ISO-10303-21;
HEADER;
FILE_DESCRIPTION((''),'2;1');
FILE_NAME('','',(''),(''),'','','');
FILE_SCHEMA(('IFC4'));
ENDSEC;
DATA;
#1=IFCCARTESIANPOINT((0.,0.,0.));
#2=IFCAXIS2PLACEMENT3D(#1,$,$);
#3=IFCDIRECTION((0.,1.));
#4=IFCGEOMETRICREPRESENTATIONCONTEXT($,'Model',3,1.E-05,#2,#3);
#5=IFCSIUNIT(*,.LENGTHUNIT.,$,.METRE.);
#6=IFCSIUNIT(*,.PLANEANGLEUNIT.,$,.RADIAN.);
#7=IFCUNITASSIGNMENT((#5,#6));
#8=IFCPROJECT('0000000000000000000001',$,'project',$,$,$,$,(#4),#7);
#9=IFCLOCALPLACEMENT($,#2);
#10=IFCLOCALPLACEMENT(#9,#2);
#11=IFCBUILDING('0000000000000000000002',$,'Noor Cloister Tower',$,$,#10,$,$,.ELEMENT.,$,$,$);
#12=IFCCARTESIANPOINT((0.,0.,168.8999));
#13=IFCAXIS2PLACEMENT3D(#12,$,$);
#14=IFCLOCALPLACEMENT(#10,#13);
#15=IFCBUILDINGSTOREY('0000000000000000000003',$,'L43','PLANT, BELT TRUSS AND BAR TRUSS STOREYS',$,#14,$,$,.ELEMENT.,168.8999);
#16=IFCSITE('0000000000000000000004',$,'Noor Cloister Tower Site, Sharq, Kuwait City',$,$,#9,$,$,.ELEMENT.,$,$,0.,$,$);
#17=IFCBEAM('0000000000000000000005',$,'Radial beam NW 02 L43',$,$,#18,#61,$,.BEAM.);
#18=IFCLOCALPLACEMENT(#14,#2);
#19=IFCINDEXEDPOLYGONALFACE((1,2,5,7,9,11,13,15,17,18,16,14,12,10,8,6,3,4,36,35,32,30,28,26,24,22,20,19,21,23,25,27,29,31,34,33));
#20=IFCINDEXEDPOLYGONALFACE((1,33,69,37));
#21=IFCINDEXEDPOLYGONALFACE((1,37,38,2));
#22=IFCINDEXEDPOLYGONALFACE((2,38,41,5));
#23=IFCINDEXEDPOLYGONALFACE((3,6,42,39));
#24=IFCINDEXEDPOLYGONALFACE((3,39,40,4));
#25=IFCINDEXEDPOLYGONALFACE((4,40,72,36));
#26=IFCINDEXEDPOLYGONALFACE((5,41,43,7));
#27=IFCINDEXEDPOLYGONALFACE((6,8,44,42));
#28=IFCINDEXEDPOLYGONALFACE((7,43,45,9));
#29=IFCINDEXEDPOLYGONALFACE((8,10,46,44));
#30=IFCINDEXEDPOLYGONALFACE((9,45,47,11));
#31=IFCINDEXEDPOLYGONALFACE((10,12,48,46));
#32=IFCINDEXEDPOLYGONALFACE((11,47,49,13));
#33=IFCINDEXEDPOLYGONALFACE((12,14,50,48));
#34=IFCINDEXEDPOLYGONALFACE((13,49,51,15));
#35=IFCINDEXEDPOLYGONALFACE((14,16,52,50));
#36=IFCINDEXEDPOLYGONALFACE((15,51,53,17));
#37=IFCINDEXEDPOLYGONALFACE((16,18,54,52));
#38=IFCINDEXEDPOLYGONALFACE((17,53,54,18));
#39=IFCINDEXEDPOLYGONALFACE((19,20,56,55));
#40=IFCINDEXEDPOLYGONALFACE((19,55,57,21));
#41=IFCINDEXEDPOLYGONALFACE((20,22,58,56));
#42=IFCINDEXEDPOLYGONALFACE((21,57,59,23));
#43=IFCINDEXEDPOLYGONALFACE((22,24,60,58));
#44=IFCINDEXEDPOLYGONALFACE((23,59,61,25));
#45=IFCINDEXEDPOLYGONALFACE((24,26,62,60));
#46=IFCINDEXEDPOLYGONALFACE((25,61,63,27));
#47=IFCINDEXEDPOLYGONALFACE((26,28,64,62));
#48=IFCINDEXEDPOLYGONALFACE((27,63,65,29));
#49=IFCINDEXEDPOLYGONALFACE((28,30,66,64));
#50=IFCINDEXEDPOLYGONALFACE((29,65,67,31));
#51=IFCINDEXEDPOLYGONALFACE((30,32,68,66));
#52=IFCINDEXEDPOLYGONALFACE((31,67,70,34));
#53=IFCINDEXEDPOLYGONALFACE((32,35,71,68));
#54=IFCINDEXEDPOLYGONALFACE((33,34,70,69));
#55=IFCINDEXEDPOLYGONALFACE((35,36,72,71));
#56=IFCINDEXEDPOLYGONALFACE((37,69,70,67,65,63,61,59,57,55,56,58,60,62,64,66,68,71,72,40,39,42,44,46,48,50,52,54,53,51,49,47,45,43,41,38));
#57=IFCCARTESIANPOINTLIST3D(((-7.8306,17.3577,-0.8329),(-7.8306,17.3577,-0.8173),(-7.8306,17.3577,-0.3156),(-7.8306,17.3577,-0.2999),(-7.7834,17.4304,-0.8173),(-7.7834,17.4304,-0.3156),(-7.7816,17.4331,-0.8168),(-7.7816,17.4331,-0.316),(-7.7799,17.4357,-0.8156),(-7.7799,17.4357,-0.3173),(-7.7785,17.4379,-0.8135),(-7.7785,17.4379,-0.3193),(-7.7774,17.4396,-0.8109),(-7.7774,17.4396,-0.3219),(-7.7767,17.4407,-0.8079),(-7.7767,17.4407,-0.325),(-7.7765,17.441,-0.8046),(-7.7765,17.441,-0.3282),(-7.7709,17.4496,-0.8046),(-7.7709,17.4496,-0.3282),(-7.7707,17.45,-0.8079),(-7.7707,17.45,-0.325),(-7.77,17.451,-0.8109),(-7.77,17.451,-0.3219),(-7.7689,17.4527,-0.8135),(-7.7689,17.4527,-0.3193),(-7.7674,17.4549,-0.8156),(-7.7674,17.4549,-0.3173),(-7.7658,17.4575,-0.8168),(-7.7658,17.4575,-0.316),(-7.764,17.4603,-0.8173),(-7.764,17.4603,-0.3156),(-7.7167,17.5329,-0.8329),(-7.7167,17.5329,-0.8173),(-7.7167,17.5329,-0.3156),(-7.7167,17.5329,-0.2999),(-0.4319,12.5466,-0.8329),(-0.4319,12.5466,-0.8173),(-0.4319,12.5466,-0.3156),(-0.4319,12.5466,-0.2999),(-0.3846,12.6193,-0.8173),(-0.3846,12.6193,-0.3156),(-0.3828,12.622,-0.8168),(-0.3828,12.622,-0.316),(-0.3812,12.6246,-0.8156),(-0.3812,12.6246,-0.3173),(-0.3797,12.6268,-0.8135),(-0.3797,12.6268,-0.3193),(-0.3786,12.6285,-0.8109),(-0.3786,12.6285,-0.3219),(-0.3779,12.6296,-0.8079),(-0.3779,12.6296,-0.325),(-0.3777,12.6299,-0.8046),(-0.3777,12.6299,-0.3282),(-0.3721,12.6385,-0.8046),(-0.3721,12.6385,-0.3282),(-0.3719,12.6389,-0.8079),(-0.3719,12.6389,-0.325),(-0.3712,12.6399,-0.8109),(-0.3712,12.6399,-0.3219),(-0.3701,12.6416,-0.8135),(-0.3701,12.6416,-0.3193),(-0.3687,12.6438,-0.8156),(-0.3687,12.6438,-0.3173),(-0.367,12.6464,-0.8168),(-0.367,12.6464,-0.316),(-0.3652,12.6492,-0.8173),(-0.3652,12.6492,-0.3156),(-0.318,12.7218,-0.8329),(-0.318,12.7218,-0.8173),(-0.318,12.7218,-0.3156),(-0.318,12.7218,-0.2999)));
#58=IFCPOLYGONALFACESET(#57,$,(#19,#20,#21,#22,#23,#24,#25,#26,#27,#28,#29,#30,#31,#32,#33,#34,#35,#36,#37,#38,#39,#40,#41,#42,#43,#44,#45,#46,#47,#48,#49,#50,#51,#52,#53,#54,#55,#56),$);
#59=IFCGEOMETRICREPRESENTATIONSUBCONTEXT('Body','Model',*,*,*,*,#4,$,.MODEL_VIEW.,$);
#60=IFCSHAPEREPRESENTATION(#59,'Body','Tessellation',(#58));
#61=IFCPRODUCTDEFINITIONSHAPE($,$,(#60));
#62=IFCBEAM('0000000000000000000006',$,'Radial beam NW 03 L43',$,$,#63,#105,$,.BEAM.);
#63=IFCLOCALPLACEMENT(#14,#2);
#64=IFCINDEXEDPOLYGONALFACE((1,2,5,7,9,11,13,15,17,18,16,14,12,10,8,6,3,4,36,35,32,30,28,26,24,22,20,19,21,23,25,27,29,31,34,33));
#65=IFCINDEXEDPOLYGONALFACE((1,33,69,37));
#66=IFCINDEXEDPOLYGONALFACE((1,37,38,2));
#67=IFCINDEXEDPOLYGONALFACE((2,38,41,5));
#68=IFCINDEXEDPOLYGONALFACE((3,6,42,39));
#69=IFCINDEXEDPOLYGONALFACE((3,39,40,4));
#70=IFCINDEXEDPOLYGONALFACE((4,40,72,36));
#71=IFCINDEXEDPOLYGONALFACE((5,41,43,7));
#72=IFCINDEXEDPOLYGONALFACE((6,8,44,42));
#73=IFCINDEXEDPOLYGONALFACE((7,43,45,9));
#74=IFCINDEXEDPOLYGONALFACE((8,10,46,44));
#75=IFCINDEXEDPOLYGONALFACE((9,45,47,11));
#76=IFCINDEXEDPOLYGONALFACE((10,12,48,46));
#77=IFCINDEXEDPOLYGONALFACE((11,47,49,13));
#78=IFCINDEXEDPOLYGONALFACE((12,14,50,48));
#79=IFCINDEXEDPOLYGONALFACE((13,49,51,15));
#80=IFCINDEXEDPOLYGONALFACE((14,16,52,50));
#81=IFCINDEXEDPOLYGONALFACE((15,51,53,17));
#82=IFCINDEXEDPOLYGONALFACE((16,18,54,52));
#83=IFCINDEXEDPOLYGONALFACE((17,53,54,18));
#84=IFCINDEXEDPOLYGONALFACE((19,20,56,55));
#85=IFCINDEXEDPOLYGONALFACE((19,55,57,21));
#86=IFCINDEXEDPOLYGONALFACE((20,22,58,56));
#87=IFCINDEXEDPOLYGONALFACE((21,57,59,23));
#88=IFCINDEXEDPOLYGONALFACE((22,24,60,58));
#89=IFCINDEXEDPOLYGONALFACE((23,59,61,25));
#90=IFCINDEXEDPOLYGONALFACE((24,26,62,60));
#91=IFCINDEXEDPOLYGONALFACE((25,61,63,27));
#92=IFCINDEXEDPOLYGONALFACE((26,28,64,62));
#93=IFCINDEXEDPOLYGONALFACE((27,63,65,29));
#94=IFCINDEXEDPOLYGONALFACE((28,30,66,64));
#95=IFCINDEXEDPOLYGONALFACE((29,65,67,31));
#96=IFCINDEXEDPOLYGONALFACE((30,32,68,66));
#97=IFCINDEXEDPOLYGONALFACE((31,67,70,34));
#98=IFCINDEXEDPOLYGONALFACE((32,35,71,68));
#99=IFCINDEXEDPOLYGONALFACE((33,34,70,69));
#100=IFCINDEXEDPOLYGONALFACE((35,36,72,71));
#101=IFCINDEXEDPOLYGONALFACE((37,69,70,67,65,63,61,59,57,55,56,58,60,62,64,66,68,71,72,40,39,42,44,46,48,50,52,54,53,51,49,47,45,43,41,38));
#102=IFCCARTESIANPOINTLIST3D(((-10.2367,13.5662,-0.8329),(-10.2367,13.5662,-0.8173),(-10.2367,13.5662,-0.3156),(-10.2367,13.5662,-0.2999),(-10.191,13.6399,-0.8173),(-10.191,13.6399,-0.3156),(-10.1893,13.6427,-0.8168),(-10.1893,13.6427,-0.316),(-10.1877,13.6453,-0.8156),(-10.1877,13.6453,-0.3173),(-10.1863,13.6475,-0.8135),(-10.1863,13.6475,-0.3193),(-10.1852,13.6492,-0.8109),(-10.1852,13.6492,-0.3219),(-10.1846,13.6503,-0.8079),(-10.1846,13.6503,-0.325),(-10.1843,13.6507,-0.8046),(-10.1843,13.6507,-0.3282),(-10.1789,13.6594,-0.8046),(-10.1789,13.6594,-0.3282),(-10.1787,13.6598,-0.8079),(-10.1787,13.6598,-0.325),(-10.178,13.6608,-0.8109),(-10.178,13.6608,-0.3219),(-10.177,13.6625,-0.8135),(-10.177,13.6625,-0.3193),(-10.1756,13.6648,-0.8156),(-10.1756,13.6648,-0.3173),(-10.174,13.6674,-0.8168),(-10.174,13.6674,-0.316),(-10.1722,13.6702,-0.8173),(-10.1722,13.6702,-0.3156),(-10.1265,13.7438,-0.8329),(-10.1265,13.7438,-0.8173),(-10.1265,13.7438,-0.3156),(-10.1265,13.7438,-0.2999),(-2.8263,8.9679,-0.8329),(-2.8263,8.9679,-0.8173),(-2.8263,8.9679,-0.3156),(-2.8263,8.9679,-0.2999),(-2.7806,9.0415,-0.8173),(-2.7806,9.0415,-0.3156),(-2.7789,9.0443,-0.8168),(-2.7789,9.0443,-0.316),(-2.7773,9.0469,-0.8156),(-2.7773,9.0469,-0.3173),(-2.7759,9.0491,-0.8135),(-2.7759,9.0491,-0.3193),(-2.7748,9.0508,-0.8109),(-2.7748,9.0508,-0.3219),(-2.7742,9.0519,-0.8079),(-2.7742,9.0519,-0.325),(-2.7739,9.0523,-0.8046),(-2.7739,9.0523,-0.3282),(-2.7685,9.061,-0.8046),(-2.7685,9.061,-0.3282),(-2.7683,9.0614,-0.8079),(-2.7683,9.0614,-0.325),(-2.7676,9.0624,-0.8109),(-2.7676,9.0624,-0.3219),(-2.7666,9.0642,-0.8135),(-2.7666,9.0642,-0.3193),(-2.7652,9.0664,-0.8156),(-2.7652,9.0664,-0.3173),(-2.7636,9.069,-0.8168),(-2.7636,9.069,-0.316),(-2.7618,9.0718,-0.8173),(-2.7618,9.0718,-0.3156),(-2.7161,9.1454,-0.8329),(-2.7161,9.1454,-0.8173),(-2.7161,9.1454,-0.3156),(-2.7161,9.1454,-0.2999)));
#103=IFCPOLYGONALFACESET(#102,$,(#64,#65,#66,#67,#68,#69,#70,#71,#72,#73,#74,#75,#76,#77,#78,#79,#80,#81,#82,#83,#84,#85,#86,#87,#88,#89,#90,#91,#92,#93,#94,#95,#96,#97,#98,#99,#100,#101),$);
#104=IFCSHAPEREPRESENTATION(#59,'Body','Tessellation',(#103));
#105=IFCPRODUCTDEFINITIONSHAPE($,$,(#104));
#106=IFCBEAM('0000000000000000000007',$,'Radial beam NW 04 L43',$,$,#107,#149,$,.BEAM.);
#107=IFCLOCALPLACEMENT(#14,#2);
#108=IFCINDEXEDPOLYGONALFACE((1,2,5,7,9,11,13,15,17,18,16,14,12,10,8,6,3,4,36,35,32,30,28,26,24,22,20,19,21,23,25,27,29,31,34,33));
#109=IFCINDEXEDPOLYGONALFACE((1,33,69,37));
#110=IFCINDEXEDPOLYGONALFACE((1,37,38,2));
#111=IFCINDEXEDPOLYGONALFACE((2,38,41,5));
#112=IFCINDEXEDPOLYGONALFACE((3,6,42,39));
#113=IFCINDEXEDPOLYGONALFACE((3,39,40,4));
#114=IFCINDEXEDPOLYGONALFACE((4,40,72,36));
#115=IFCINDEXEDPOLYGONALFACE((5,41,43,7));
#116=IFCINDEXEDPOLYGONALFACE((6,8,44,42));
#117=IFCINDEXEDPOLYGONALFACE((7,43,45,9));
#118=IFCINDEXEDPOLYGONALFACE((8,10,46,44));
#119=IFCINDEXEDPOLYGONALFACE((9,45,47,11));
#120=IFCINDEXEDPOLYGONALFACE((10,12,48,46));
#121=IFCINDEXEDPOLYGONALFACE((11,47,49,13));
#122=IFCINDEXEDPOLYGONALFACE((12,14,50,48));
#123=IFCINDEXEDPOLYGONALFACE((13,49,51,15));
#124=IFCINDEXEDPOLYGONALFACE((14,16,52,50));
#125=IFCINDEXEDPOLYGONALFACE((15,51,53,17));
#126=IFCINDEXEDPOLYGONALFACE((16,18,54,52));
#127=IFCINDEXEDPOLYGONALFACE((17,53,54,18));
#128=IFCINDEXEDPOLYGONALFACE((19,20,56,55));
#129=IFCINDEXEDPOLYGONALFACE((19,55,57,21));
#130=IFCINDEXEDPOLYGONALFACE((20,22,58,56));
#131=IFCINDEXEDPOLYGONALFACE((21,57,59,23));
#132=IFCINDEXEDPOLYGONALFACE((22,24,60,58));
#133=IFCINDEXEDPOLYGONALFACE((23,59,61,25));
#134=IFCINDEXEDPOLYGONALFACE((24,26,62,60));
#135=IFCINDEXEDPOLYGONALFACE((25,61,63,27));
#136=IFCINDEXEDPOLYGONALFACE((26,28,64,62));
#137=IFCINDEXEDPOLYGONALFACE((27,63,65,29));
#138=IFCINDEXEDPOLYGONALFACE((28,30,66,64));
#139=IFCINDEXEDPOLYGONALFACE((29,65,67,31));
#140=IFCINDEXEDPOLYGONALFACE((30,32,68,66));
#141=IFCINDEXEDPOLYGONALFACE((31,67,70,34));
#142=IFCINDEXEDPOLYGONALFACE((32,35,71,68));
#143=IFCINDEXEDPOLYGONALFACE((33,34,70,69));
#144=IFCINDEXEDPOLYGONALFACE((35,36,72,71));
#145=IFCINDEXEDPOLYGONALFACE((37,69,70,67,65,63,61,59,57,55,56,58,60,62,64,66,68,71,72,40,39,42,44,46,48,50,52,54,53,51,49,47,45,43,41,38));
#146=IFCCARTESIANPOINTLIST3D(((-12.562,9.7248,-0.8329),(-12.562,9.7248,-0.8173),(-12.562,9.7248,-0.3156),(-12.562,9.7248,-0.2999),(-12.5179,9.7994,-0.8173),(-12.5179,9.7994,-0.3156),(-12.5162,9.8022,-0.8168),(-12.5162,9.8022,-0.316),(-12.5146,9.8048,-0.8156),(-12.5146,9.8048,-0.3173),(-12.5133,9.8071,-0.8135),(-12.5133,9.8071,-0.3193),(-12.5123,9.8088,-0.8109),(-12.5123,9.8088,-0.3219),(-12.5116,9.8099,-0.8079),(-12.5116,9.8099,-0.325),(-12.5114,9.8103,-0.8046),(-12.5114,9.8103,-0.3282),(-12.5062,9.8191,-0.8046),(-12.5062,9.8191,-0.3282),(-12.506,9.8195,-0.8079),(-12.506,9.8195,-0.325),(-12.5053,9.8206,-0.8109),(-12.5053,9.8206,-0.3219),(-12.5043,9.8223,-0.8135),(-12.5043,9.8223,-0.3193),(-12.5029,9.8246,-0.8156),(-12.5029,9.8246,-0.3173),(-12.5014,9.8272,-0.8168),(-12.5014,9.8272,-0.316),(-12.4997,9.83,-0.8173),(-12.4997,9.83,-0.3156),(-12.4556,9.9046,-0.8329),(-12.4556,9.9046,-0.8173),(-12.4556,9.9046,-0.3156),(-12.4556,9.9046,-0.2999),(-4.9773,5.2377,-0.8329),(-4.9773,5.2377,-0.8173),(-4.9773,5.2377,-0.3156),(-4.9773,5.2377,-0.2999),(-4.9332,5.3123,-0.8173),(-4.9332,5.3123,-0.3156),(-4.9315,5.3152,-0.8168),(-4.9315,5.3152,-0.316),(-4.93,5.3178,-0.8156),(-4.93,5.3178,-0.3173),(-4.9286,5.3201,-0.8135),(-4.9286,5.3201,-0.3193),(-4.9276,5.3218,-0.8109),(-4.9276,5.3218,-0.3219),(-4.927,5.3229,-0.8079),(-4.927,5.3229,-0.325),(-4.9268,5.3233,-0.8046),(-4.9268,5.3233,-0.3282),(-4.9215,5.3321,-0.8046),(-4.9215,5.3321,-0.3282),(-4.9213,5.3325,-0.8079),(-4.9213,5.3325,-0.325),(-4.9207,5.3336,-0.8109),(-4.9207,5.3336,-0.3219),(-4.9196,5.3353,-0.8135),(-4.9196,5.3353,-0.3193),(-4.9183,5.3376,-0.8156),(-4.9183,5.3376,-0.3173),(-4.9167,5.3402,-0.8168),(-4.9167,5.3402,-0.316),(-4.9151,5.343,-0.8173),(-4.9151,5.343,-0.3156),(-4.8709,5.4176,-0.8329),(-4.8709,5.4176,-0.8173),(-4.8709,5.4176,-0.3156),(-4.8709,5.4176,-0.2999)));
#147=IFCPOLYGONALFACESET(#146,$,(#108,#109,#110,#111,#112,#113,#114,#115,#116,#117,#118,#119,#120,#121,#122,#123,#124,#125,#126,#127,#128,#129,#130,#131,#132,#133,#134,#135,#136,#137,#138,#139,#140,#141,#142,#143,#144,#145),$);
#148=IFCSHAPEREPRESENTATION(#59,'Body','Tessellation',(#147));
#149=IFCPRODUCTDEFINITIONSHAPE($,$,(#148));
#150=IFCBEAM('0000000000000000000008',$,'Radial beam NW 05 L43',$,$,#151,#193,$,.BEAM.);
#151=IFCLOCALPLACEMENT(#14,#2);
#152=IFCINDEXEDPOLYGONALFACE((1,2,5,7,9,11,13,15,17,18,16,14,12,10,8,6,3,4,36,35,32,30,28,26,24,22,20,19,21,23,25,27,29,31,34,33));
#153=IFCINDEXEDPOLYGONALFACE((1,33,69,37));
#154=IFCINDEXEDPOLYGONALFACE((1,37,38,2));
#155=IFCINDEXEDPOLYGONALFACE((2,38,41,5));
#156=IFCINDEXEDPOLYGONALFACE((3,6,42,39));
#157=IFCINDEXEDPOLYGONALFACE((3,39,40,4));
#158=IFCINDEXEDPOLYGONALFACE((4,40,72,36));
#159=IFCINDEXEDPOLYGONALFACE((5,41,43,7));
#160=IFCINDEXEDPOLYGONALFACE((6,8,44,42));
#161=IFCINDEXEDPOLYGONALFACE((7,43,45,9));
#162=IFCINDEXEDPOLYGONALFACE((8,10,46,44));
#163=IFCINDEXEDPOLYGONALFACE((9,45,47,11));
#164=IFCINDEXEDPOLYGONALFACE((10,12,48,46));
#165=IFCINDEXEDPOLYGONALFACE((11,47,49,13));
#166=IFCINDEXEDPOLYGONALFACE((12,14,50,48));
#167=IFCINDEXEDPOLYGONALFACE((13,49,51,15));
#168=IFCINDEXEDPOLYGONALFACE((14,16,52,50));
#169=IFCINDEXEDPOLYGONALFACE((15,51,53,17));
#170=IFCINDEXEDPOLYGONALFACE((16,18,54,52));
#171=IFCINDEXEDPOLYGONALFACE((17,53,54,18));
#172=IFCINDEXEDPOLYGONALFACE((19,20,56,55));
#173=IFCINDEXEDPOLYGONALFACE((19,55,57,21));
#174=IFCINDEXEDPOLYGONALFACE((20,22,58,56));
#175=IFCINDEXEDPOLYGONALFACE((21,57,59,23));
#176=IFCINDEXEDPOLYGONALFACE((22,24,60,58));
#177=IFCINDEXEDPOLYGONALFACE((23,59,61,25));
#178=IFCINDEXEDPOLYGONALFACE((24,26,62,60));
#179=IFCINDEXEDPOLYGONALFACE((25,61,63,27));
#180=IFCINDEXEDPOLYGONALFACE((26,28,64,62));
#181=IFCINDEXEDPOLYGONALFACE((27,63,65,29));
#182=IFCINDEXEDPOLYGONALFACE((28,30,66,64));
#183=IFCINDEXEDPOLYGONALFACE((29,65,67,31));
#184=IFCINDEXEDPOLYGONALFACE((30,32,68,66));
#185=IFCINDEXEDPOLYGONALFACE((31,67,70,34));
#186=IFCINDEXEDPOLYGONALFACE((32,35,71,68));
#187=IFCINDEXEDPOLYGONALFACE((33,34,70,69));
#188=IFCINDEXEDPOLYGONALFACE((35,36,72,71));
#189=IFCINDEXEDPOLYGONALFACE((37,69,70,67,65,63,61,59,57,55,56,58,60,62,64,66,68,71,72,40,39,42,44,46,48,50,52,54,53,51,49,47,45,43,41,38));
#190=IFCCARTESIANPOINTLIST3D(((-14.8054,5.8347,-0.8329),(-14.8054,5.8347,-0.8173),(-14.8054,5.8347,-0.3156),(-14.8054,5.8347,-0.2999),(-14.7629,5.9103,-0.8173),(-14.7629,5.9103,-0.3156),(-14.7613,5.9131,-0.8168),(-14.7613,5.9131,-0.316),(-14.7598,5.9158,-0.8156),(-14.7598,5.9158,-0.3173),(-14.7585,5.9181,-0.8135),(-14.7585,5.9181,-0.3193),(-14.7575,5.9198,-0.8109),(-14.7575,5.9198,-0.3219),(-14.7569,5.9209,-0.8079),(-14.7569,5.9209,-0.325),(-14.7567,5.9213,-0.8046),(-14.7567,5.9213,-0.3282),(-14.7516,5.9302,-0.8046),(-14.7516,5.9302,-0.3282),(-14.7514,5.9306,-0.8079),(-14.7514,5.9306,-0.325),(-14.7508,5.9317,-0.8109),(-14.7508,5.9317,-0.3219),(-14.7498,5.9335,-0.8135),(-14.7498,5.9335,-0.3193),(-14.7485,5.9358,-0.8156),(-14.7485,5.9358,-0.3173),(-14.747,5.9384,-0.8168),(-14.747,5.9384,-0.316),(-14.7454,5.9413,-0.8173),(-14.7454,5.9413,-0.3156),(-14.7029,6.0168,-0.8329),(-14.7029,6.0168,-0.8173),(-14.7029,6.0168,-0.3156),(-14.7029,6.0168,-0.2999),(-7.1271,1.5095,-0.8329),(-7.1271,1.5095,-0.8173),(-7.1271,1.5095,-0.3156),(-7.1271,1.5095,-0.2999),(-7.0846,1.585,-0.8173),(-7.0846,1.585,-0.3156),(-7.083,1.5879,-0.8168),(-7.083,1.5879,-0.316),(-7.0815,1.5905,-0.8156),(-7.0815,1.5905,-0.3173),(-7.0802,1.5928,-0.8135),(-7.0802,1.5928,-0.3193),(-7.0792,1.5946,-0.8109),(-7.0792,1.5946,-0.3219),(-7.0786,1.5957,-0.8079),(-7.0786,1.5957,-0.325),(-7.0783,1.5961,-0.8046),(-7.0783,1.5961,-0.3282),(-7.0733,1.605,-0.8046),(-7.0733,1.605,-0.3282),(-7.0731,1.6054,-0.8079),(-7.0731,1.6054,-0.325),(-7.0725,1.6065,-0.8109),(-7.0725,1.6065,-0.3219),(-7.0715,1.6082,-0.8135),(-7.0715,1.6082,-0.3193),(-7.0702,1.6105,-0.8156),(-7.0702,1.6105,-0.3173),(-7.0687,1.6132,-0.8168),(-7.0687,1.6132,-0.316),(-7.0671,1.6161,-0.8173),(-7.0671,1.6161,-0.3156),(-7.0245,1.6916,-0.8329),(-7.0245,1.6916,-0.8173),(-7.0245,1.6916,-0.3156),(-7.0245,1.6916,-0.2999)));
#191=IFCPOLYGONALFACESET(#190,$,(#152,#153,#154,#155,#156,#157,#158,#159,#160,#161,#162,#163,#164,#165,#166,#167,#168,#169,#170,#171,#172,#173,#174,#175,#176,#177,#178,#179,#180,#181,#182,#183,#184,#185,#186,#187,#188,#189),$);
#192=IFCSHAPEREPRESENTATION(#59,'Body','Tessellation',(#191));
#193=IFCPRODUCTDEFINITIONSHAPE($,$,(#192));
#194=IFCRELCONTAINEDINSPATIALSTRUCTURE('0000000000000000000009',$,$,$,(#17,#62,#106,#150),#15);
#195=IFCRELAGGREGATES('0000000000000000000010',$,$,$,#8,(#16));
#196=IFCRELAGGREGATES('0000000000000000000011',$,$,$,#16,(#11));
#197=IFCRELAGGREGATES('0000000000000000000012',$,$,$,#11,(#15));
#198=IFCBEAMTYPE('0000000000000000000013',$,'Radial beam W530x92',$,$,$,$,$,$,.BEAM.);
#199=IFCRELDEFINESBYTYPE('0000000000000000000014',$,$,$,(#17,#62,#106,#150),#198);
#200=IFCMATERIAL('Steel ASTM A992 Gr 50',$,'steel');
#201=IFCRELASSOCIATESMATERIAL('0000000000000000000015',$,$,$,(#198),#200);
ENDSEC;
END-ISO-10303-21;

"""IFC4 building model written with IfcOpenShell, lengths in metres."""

from ifc_helpers import new_model, si_unit, direction, frame, origin, origin_2d, place, context, subcontext, project, spatial, i_section, extrude, material, material_profile, profile_set, type_object, element, save


model = new_model("IFC4")

# Units and contexts
model_context = context("Model", 3, precision=1e-05, world=origin(), true_north=direction((0.0, 1.0)))
body_context = subcontext(model_context, "Body", "Model", "MODEL_VIEW")
ifc_project = project(units=[si_unit("LENGTHUNIT", "METRE"), si_unit("PLANEANGLEUNIT", "RADIAN")], contexts=[model_context])

# Site, building, storey
site_placement = place(None, origin())
site = spatial("IfcSite", under=ifc_project, at=site_placement, Name="Noor Cloister Tower Site, Sharq, Kuwait City", CompositionType="ELEMENT", RefElevation=0.0)
building_placement = place(site_placement, origin())
building = spatial("IfcBuilding", under=site, at=building_placement, Name="Noor Cloister Tower", CompositionType="ELEMENT")
storey_placement = place(building_placement, frame((0.0, 0.0, 168.8999)))
storey = spatial("IfcBuildingStorey", under=building, at=storey_placement, Name="L43", Description="PLANT, BELT TRUSS AND BAR TRUSS STOREYS", CompositionType="ELEMENT", Elevation=168.8999)

# Beams
ifc_material_1 = material(Name="Steel ASTM A992 Gr 50", Category="steel")
ifc_material_profile_1 = material_profile(ifc_material_1, i_section(OverallWidth=0.209, OverallDepth=0.533, WebThickness=0.0103, FlangeThickness=0.0156, FilletRadius=0.0127, at=origin_2d()), Name="W530x92")
ifc_profile_set_1 = profile_set([ifc_material_profile_1], Name="Steel ASTM A992 Gr 50")
beam_type_1 = type_object("IfcBeamType", Name="Radial beam W530x92", PredefinedType="BEAM", material=ifc_profile_set_1)
beam_1_placement = place(storey_placement, frame((-7.7737, 17.4453, -0.5664), z_axis=(0.838346, -0.545139, 0.0), x_axis=(0.545139, 0.838346, 0.0)))
element("IfcBeam", 1, at=beam_1_placement, inside=storey, type_object=beam_type_1, Name="Radial beam NW 02 L43", PredefinedType="BEAM", context=body_context, shape_type="SweptSolid", body=[
    extrude(i_section(OverallWidth=0.209, OverallDepth=0.533, WebThickness=0.0103, FlangeThickness=0.0156, FilletRadius=0.0127, at=origin_2d()), origin(), (0.0, 0.0, 1.0), 8.8254),
])
beam_2_placement = place(storey_placement, frame((-10.1816, 13.655, -0.5664), z_axis=(0.8497, -0.527266, 0.0), x_axis=(0.527266, 0.8497, 0.0)))
element("IfcBeam", 2, at=beam_2_placement, inside=storey, type_object=beam_type_1, Name="Radial beam NW 03 L43", PredefinedType="BEAM", context=body_context, shape_type="SweptSolid", body=[
    extrude(i_section(OverallWidth=0.209, OverallDepth=0.533, WebThickness=0.0103, FlangeThickness=0.0156, FilletRadius=0.0127, at=origin_2d()), origin(), (0.0, 0.0, 1.0), 8.7212),
])
beam_3_placement = place(storey_placement, frame((-12.5088, 9.8147, -0.5664), z_axis=(0.860669, -0.509165, 0.0), x_axis=(0.509165, 0.860669, 0.0)))
element("IfcBeam", 3, at=beam_3_placement, inside=storey, type_object=beam_type_1, Name="Radial beam NW 04 L43", PredefinedType="BEAM", context=body_context, shape_type="SweptSolid", body=[
    extrude(i_section(OverallWidth=0.209, OverallDepth=0.533, WebThickness=0.0103, FlangeThickness=0.0156, FilletRadius=0.0127, at=origin_2d()), origin(), (0.0, 0.0, 1.0), 8.8125),
])
beam_4_placement = place(storey_placement, frame((-14.7542, 5.9258, -0.5664), z_axis=(0.871275, -0.490795, 0.0), x_axis=(0.490795, 0.871275, 0.0)))
element("IfcBeam", 4, at=beam_4_placement, inside=storey, type_object=beam_type_1, Name="Radial beam NW 05 L43", PredefinedType="BEAM", context=body_context, shape_type="SweptSolid", body=[
    extrude(i_section(OverallWidth=0.209, OverallDepth=0.533, WebThickness=0.0103, FlangeThickness=0.0156, FilletRadius=0.0127, at=origin_2d()), origin(), (0.0, 0.0, 1.0), 8.8127),
])

save(model, "model.ifc")
